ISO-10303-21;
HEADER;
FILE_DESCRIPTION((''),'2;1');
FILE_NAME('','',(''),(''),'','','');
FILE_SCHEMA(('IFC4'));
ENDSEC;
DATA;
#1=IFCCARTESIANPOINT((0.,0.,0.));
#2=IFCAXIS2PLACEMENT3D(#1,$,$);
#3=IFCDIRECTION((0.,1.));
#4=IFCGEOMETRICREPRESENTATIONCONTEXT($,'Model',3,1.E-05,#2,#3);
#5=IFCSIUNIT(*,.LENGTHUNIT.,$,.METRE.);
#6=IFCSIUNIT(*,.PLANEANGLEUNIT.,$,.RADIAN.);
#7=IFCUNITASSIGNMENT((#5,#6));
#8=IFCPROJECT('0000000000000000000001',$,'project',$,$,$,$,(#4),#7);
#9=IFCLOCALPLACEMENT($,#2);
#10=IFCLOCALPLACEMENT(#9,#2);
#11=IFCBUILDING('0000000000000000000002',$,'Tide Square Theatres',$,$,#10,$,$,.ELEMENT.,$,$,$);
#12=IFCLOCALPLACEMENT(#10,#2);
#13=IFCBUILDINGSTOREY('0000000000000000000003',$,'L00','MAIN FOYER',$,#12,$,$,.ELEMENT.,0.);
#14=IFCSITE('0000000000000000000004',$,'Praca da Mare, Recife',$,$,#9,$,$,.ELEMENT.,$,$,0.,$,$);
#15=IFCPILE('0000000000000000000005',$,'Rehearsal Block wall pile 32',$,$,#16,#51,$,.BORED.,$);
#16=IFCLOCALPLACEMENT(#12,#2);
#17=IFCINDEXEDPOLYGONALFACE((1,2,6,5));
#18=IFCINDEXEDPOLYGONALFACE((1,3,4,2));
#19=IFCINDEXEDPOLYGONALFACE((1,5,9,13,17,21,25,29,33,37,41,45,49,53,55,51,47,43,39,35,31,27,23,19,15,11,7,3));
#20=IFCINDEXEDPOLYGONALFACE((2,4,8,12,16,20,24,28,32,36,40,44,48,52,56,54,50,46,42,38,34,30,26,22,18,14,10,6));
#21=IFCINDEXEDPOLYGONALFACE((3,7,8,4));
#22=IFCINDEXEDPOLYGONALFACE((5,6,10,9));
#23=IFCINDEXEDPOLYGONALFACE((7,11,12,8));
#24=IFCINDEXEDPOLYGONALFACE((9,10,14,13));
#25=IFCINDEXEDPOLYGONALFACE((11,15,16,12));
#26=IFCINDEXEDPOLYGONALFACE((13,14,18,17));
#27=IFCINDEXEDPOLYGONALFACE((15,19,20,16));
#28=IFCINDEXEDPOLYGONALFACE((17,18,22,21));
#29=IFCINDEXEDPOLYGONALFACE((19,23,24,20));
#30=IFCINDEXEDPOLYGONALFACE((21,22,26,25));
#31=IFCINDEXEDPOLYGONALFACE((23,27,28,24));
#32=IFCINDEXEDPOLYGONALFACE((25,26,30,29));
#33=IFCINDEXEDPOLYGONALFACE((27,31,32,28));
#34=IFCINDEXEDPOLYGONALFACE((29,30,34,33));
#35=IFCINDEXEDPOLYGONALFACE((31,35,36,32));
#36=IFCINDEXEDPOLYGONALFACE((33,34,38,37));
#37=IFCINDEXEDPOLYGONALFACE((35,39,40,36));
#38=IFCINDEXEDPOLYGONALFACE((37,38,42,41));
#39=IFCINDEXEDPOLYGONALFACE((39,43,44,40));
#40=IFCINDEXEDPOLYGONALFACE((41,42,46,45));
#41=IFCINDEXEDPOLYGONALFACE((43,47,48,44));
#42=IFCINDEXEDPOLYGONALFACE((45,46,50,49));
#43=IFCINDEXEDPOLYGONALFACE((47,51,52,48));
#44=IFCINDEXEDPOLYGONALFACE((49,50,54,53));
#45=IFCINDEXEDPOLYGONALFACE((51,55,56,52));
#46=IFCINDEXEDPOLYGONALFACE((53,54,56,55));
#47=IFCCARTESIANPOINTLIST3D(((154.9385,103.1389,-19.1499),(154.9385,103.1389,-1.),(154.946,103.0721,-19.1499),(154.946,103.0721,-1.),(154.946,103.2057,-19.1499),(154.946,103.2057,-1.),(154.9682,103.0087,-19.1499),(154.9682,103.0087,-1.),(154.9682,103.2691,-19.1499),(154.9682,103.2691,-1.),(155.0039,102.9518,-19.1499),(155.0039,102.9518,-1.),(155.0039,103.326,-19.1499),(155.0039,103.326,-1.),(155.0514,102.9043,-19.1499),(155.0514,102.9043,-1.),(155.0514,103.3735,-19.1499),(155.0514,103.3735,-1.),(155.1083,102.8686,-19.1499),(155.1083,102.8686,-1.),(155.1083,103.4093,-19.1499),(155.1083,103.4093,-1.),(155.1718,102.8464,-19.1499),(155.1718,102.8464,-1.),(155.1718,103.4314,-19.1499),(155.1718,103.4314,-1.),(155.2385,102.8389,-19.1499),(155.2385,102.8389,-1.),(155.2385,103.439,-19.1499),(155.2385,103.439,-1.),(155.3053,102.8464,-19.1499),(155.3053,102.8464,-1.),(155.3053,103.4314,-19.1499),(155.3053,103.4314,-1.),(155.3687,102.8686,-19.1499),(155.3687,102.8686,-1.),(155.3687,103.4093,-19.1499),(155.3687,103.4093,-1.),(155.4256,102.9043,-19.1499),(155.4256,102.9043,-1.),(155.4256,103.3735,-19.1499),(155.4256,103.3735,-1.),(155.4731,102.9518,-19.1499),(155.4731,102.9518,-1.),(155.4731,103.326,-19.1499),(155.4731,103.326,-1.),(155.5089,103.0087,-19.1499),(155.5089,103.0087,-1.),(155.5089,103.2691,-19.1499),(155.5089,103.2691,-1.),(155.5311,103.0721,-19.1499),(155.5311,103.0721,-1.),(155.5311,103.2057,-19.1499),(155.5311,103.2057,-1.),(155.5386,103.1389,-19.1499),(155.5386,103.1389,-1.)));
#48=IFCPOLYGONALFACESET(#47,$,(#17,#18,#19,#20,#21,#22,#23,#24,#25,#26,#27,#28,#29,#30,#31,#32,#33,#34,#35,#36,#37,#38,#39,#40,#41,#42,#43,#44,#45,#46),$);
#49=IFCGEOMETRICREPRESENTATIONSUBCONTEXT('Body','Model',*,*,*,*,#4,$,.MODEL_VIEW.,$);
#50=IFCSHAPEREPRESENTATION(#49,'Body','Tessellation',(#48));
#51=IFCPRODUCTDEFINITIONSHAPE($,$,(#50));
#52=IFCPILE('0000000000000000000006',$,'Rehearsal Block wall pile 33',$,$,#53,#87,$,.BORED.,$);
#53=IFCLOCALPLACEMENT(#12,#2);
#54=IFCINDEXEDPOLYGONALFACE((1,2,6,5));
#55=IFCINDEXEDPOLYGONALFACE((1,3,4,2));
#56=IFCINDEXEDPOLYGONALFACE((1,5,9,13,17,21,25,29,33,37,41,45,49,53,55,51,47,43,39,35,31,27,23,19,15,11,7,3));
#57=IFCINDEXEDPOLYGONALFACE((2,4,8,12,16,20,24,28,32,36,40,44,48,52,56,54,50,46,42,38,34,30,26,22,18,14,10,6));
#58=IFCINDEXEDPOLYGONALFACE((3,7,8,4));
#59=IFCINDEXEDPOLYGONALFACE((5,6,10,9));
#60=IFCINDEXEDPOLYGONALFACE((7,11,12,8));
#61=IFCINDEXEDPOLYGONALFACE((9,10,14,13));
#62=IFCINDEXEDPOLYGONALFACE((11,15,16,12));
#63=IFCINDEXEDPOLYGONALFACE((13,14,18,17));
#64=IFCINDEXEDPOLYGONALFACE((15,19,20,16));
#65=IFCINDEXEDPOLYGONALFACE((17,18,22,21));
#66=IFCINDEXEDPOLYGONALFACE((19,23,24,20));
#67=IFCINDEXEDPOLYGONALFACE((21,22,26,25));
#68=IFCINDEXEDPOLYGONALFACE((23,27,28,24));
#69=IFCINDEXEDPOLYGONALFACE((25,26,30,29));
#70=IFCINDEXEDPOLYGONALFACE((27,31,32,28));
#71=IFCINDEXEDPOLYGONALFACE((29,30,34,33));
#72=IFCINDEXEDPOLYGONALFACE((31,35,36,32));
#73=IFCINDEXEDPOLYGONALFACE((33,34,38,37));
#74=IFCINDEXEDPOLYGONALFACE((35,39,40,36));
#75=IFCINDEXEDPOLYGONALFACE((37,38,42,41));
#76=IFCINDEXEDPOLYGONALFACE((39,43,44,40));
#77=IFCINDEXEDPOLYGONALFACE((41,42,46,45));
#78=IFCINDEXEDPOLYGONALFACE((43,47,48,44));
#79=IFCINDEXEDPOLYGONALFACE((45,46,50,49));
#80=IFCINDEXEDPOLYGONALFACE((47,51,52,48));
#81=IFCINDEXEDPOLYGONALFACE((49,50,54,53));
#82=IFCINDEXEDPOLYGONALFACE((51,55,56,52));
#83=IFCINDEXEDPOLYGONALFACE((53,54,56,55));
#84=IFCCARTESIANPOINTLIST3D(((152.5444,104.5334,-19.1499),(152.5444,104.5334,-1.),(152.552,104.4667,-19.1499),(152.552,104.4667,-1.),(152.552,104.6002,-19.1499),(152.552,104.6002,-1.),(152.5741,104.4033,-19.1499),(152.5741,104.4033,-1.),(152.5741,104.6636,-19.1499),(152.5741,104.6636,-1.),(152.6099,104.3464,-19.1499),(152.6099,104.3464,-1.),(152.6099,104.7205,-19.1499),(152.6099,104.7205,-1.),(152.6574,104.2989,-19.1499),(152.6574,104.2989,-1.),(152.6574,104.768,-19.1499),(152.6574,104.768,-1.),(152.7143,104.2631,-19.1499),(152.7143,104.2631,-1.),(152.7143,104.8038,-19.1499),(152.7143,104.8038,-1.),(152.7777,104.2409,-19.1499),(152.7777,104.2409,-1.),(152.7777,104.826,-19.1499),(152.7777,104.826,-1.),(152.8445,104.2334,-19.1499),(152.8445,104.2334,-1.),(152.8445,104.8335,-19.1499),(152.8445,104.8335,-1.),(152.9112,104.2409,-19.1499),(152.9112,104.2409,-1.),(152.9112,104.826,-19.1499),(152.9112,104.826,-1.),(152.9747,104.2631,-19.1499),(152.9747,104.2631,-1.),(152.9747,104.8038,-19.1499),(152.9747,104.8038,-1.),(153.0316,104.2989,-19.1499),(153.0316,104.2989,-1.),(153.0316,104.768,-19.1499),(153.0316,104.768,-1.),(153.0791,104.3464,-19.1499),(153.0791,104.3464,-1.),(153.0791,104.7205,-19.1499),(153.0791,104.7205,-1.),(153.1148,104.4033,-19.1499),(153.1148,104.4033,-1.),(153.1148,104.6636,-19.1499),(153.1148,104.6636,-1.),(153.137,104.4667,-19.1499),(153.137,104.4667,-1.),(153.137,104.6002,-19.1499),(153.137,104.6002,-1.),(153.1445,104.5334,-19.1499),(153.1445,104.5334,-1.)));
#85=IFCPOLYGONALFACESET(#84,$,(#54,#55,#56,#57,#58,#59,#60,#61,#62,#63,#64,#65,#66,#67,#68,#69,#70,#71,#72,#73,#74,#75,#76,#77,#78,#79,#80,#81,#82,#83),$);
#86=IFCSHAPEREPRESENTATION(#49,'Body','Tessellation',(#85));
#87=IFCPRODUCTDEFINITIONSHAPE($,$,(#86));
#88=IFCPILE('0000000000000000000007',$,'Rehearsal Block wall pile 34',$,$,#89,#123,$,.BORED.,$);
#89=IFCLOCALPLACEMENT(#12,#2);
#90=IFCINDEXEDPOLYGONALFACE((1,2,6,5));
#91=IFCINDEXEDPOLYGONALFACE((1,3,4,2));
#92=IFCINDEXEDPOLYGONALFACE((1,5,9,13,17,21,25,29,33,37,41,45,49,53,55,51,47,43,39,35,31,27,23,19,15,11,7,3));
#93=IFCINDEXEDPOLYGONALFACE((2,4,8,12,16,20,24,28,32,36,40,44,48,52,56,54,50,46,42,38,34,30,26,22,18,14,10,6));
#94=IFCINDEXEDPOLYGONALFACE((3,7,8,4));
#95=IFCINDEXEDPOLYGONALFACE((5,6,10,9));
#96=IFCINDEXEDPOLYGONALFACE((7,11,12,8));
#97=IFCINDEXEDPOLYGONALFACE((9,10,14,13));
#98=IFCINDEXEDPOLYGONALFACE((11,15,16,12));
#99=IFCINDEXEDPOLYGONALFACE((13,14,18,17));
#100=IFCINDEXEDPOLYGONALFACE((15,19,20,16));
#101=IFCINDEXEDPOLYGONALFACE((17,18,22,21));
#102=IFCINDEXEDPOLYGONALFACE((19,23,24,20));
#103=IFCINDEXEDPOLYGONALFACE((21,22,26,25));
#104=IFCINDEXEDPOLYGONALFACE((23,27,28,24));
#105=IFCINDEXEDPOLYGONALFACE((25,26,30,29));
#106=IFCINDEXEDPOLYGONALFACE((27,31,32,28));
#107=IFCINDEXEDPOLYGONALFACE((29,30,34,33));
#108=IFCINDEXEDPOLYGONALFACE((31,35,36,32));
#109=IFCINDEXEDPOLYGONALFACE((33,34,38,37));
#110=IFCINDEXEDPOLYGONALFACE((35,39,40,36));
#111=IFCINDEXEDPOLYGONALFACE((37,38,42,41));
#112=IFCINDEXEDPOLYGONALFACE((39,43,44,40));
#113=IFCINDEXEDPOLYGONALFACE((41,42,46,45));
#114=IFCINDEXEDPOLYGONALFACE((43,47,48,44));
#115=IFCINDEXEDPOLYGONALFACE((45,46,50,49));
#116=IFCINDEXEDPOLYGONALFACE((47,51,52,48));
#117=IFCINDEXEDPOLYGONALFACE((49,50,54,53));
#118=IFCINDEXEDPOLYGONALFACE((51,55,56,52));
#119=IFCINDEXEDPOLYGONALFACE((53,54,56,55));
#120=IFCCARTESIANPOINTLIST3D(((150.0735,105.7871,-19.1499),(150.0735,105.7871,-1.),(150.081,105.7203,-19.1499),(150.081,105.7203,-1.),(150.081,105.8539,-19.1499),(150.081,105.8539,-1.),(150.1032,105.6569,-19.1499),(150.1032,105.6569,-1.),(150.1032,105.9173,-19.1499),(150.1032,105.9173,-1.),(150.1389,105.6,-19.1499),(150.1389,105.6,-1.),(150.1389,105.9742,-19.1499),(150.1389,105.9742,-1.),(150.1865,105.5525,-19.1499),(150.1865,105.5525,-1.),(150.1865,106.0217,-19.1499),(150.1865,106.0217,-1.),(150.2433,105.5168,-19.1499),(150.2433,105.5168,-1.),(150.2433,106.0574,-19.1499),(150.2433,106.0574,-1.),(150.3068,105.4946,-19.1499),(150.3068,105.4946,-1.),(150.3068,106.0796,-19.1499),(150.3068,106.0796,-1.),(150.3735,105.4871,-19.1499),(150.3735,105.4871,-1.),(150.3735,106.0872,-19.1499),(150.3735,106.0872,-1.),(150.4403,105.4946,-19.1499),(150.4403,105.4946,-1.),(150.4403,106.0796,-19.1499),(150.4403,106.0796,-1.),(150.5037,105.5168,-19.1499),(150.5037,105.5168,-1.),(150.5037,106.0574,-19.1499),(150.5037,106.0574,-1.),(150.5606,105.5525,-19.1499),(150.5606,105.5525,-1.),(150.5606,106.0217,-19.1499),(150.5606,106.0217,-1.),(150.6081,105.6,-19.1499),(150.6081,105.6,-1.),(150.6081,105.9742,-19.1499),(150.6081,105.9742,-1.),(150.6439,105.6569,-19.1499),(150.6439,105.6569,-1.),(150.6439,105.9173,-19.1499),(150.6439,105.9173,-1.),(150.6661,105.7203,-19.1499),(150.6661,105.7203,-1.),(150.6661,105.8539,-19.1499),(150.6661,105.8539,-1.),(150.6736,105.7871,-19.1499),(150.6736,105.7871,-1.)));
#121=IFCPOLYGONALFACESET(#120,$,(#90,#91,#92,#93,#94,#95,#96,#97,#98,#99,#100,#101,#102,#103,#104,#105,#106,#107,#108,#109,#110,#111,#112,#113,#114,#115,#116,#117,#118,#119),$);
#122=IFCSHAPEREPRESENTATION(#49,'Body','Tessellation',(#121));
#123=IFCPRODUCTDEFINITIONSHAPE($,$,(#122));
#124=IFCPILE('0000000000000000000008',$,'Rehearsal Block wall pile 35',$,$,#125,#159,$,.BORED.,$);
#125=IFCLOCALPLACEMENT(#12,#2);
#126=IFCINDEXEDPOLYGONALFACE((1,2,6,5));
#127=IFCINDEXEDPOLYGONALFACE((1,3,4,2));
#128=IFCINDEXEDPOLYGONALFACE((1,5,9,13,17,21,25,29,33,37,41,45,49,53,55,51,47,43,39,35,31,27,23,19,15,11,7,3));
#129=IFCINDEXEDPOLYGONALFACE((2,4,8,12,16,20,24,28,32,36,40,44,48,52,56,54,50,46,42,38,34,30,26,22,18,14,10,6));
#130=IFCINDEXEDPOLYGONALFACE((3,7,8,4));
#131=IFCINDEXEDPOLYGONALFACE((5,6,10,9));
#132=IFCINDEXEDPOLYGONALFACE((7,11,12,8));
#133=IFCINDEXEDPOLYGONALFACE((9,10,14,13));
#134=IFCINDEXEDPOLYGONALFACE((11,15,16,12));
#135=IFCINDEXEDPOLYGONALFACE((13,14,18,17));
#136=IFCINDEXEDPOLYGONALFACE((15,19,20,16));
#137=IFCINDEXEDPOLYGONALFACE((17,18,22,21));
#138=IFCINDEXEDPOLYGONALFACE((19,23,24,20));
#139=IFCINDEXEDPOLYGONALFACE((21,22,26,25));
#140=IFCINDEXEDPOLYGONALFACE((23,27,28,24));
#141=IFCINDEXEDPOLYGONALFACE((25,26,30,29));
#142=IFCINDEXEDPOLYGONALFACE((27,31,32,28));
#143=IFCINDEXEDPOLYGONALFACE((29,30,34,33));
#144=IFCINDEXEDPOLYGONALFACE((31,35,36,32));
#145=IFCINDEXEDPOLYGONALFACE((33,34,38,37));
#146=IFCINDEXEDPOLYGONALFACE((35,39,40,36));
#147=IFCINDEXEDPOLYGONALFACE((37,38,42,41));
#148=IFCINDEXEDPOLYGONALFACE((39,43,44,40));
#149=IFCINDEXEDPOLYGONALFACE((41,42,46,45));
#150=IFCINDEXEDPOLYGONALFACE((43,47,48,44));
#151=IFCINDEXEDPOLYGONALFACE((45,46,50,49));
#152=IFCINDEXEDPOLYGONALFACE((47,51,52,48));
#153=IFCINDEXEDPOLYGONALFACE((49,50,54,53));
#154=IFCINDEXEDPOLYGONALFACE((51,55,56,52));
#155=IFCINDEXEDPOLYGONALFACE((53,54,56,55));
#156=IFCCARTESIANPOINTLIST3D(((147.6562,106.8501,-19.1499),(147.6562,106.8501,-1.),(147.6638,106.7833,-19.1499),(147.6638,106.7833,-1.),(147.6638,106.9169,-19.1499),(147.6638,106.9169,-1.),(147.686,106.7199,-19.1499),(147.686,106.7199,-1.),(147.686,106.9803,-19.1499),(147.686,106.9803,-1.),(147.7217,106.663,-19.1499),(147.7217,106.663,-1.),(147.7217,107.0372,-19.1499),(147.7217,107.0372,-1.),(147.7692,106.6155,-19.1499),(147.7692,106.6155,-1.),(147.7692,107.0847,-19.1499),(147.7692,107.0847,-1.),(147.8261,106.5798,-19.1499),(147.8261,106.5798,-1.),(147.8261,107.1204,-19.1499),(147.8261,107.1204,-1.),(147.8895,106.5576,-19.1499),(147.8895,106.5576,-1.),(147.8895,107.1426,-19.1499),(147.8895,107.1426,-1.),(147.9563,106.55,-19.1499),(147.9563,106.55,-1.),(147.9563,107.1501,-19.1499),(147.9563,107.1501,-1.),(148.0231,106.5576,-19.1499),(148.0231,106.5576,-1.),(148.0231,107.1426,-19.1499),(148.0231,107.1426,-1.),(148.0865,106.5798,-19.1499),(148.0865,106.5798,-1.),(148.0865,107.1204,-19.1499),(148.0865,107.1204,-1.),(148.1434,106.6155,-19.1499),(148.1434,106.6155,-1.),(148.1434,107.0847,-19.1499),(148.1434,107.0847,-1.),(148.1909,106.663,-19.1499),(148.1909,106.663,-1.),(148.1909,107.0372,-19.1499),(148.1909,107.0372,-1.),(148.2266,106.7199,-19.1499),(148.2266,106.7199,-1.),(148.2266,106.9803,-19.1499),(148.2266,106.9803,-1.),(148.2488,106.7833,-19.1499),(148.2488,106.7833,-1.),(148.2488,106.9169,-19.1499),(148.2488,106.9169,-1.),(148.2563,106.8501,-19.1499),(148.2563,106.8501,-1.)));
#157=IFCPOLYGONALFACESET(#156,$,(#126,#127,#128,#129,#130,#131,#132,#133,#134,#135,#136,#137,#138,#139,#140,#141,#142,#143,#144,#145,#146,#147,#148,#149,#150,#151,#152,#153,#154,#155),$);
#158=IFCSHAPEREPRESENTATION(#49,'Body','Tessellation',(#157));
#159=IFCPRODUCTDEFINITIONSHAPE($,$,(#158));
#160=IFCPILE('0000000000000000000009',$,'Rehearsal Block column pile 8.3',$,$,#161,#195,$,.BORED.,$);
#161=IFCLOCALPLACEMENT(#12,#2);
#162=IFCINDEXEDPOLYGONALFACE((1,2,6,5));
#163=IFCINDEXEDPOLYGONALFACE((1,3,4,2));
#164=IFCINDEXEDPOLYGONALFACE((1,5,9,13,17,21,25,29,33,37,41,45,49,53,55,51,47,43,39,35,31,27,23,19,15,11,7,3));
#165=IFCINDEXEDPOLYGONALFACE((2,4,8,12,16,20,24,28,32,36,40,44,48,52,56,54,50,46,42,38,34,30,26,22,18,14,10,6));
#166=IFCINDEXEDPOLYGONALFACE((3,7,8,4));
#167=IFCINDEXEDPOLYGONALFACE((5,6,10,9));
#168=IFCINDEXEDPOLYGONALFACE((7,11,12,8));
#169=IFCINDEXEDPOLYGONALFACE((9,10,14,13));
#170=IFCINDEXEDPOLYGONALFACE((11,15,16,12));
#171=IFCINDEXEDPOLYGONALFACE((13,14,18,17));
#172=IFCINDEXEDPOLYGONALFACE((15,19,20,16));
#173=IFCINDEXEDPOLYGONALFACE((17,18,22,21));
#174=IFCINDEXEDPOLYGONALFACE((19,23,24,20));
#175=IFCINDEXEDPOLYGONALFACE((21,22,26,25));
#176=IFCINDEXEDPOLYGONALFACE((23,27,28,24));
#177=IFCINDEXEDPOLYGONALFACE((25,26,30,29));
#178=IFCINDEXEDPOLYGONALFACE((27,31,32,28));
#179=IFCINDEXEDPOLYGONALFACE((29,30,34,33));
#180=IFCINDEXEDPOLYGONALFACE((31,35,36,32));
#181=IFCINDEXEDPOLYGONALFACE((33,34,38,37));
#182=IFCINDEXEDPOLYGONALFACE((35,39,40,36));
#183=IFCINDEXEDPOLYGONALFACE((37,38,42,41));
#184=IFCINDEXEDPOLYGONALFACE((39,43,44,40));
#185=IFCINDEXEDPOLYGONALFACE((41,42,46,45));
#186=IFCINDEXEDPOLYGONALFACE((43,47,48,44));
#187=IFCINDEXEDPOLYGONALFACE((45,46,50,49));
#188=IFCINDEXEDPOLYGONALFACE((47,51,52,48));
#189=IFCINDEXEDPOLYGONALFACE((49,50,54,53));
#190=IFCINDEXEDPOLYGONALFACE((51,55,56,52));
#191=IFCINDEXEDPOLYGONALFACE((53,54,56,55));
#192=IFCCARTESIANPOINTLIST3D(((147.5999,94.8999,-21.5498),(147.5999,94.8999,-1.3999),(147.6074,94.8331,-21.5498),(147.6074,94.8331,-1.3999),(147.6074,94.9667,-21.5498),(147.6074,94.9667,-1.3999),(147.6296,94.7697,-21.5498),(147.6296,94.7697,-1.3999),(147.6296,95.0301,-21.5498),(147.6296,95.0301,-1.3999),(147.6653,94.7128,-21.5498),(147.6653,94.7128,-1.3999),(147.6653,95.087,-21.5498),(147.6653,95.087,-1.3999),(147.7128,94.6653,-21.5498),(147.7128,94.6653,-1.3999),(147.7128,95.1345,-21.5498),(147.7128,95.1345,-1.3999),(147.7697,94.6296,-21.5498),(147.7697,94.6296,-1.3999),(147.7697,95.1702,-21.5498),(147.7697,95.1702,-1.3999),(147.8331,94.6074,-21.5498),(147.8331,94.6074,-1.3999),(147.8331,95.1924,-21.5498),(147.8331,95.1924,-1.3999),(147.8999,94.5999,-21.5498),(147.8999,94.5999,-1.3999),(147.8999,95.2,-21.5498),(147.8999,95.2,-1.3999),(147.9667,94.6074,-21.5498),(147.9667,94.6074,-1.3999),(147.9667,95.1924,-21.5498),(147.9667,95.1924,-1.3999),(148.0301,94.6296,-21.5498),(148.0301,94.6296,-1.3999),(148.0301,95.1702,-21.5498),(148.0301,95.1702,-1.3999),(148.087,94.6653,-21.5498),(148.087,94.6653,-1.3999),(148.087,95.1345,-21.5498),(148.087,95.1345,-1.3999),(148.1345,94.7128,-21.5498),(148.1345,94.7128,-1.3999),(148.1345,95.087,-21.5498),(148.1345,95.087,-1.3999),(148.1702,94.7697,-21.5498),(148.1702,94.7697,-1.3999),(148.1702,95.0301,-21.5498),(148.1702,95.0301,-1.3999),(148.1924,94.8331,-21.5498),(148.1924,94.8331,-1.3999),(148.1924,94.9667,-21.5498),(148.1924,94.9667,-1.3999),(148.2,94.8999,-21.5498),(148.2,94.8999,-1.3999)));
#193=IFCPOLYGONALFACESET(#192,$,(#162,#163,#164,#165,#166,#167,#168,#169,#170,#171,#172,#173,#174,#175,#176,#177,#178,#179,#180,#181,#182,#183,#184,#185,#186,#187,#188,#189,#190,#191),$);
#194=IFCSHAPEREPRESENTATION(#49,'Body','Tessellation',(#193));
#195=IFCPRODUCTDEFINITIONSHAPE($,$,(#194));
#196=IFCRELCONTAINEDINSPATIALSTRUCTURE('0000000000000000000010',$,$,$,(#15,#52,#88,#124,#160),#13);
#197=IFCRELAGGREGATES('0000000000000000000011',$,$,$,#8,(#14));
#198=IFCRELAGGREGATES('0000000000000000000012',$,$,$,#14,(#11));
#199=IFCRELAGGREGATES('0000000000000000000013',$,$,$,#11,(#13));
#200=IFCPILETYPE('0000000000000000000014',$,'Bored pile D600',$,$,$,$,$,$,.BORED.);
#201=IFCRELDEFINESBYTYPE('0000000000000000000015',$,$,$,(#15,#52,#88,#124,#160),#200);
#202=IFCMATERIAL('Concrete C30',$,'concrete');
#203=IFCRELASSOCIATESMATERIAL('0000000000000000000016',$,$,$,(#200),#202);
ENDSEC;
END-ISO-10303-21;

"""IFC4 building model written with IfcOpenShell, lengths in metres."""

from ifc_helpers import new_model, si_unit, direction, frame, origin, origin_2d, place, context, subcontext, project, spatial, circle, extrude, material, material_profile, profile_set, type_object, element, save


model = new_model("IFC4")

# Units and contexts
model_context = context("Model", 3, precision=1e-05, world=origin(), true_north=direction((0.0, 1.0)))
body_context = subcontext(model_context, "Body", "Model", "MODEL_VIEW")
ifc_project = project(units=[si_unit("LENGTHUNIT", "METRE"), si_unit("PLANEANGLEUNIT", "RADIAN")], contexts=[model_context])

# Site, building, storey
site_placement = place(None, origin())
site = spatial("IfcSite", under=ifc_project, at=site_placement, Name="Praca da Mare, Recife", CompositionType="ELEMENT", RefElevation=0.0)
building_placement = place(site_placement, origin())
building = spatial("IfcBuilding", under=site, at=building_placement, Name="Tide Square Theatres", CompositionType="ELEMENT")
storey_placement = place(building_placement, origin())
storey = spatial("IfcBuildingStorey", under=building, at=storey_placement, Name="L00", Description="MAIN FOYER", CompositionType="ELEMENT", Elevation=0.0)

# Piles
ifc_material_1 = material(Name="Concrete C30", Category="concrete")
ifc_material_profile_1 = material_profile(ifc_material_1, circle(Radius=0.3, at=origin_2d()))
ifc_profile_set_1 = profile_set([ifc_material_profile_1], Name="Concrete C30")
pile_type = type_object("IfcPileType", Name="Bored pile D600", PredefinedType="BORED", material=ifc_profile_set_1)
for number, where, z_axis, x_axis, name in (
    (1, (155.2385, 103.1389, -1.0), (0.0, 0.0, -1.0), (1.0, 0.0, 0.0), "Rehearsal Block wall pile 32"),
    (2, (152.8445, 104.5334, -1.0), (0.0, 0.0, -1.0), (1.0, 0.0, 0.0), "Rehearsal Block wall pile 33"),
    (3, (150.3735, 105.7871, -1.0), (0.0, 0.0, -1.0), (1.0, 0.0, 0.0), "Rehearsal Block wall pile 34"),
    (4, (147.9563, 106.8501, -1.0), (0.0, 0.0, -1.0), (1.0, 0.0, 0.0), "Rehearsal Block wall pile 35"),
):
    element("IfcPile", number, at=place(storey_placement, frame(where, z_axis=z_axis, x_axis=x_axis)), inside=storey, type_object=pile_type, Name=name, PredefinedType="BORED", context=body_context, shape_type="SweptSolid", body=[
        extrude(circle(Radius=0.3, at=origin_2d()), origin(), (0.0, 0.0, 1.0), 18.1499),
    ])
for number, where, z_axis, x_axis, name in (
    (5, (147.8999, 94.8999, -1.3999), (0.0, 0.0, -1.0), (1.0, 0.0, 0.0), "Rehearsal Block column pile 8.3"),
):
    element("IfcPile", number, at=place(storey_placement, frame(where, z_axis=z_axis, x_axis=x_axis)), inside=storey, type_object=pile_type, Name=name, PredefinedType="BORED", context=body_context, shape_type="SweptSolid", body=[
        extrude(circle(Radius=0.3, at=origin_2d()), origin(), (0.0, 0.0, 1.0), 20.1499),
    ])

save(model, "model.ifc")
